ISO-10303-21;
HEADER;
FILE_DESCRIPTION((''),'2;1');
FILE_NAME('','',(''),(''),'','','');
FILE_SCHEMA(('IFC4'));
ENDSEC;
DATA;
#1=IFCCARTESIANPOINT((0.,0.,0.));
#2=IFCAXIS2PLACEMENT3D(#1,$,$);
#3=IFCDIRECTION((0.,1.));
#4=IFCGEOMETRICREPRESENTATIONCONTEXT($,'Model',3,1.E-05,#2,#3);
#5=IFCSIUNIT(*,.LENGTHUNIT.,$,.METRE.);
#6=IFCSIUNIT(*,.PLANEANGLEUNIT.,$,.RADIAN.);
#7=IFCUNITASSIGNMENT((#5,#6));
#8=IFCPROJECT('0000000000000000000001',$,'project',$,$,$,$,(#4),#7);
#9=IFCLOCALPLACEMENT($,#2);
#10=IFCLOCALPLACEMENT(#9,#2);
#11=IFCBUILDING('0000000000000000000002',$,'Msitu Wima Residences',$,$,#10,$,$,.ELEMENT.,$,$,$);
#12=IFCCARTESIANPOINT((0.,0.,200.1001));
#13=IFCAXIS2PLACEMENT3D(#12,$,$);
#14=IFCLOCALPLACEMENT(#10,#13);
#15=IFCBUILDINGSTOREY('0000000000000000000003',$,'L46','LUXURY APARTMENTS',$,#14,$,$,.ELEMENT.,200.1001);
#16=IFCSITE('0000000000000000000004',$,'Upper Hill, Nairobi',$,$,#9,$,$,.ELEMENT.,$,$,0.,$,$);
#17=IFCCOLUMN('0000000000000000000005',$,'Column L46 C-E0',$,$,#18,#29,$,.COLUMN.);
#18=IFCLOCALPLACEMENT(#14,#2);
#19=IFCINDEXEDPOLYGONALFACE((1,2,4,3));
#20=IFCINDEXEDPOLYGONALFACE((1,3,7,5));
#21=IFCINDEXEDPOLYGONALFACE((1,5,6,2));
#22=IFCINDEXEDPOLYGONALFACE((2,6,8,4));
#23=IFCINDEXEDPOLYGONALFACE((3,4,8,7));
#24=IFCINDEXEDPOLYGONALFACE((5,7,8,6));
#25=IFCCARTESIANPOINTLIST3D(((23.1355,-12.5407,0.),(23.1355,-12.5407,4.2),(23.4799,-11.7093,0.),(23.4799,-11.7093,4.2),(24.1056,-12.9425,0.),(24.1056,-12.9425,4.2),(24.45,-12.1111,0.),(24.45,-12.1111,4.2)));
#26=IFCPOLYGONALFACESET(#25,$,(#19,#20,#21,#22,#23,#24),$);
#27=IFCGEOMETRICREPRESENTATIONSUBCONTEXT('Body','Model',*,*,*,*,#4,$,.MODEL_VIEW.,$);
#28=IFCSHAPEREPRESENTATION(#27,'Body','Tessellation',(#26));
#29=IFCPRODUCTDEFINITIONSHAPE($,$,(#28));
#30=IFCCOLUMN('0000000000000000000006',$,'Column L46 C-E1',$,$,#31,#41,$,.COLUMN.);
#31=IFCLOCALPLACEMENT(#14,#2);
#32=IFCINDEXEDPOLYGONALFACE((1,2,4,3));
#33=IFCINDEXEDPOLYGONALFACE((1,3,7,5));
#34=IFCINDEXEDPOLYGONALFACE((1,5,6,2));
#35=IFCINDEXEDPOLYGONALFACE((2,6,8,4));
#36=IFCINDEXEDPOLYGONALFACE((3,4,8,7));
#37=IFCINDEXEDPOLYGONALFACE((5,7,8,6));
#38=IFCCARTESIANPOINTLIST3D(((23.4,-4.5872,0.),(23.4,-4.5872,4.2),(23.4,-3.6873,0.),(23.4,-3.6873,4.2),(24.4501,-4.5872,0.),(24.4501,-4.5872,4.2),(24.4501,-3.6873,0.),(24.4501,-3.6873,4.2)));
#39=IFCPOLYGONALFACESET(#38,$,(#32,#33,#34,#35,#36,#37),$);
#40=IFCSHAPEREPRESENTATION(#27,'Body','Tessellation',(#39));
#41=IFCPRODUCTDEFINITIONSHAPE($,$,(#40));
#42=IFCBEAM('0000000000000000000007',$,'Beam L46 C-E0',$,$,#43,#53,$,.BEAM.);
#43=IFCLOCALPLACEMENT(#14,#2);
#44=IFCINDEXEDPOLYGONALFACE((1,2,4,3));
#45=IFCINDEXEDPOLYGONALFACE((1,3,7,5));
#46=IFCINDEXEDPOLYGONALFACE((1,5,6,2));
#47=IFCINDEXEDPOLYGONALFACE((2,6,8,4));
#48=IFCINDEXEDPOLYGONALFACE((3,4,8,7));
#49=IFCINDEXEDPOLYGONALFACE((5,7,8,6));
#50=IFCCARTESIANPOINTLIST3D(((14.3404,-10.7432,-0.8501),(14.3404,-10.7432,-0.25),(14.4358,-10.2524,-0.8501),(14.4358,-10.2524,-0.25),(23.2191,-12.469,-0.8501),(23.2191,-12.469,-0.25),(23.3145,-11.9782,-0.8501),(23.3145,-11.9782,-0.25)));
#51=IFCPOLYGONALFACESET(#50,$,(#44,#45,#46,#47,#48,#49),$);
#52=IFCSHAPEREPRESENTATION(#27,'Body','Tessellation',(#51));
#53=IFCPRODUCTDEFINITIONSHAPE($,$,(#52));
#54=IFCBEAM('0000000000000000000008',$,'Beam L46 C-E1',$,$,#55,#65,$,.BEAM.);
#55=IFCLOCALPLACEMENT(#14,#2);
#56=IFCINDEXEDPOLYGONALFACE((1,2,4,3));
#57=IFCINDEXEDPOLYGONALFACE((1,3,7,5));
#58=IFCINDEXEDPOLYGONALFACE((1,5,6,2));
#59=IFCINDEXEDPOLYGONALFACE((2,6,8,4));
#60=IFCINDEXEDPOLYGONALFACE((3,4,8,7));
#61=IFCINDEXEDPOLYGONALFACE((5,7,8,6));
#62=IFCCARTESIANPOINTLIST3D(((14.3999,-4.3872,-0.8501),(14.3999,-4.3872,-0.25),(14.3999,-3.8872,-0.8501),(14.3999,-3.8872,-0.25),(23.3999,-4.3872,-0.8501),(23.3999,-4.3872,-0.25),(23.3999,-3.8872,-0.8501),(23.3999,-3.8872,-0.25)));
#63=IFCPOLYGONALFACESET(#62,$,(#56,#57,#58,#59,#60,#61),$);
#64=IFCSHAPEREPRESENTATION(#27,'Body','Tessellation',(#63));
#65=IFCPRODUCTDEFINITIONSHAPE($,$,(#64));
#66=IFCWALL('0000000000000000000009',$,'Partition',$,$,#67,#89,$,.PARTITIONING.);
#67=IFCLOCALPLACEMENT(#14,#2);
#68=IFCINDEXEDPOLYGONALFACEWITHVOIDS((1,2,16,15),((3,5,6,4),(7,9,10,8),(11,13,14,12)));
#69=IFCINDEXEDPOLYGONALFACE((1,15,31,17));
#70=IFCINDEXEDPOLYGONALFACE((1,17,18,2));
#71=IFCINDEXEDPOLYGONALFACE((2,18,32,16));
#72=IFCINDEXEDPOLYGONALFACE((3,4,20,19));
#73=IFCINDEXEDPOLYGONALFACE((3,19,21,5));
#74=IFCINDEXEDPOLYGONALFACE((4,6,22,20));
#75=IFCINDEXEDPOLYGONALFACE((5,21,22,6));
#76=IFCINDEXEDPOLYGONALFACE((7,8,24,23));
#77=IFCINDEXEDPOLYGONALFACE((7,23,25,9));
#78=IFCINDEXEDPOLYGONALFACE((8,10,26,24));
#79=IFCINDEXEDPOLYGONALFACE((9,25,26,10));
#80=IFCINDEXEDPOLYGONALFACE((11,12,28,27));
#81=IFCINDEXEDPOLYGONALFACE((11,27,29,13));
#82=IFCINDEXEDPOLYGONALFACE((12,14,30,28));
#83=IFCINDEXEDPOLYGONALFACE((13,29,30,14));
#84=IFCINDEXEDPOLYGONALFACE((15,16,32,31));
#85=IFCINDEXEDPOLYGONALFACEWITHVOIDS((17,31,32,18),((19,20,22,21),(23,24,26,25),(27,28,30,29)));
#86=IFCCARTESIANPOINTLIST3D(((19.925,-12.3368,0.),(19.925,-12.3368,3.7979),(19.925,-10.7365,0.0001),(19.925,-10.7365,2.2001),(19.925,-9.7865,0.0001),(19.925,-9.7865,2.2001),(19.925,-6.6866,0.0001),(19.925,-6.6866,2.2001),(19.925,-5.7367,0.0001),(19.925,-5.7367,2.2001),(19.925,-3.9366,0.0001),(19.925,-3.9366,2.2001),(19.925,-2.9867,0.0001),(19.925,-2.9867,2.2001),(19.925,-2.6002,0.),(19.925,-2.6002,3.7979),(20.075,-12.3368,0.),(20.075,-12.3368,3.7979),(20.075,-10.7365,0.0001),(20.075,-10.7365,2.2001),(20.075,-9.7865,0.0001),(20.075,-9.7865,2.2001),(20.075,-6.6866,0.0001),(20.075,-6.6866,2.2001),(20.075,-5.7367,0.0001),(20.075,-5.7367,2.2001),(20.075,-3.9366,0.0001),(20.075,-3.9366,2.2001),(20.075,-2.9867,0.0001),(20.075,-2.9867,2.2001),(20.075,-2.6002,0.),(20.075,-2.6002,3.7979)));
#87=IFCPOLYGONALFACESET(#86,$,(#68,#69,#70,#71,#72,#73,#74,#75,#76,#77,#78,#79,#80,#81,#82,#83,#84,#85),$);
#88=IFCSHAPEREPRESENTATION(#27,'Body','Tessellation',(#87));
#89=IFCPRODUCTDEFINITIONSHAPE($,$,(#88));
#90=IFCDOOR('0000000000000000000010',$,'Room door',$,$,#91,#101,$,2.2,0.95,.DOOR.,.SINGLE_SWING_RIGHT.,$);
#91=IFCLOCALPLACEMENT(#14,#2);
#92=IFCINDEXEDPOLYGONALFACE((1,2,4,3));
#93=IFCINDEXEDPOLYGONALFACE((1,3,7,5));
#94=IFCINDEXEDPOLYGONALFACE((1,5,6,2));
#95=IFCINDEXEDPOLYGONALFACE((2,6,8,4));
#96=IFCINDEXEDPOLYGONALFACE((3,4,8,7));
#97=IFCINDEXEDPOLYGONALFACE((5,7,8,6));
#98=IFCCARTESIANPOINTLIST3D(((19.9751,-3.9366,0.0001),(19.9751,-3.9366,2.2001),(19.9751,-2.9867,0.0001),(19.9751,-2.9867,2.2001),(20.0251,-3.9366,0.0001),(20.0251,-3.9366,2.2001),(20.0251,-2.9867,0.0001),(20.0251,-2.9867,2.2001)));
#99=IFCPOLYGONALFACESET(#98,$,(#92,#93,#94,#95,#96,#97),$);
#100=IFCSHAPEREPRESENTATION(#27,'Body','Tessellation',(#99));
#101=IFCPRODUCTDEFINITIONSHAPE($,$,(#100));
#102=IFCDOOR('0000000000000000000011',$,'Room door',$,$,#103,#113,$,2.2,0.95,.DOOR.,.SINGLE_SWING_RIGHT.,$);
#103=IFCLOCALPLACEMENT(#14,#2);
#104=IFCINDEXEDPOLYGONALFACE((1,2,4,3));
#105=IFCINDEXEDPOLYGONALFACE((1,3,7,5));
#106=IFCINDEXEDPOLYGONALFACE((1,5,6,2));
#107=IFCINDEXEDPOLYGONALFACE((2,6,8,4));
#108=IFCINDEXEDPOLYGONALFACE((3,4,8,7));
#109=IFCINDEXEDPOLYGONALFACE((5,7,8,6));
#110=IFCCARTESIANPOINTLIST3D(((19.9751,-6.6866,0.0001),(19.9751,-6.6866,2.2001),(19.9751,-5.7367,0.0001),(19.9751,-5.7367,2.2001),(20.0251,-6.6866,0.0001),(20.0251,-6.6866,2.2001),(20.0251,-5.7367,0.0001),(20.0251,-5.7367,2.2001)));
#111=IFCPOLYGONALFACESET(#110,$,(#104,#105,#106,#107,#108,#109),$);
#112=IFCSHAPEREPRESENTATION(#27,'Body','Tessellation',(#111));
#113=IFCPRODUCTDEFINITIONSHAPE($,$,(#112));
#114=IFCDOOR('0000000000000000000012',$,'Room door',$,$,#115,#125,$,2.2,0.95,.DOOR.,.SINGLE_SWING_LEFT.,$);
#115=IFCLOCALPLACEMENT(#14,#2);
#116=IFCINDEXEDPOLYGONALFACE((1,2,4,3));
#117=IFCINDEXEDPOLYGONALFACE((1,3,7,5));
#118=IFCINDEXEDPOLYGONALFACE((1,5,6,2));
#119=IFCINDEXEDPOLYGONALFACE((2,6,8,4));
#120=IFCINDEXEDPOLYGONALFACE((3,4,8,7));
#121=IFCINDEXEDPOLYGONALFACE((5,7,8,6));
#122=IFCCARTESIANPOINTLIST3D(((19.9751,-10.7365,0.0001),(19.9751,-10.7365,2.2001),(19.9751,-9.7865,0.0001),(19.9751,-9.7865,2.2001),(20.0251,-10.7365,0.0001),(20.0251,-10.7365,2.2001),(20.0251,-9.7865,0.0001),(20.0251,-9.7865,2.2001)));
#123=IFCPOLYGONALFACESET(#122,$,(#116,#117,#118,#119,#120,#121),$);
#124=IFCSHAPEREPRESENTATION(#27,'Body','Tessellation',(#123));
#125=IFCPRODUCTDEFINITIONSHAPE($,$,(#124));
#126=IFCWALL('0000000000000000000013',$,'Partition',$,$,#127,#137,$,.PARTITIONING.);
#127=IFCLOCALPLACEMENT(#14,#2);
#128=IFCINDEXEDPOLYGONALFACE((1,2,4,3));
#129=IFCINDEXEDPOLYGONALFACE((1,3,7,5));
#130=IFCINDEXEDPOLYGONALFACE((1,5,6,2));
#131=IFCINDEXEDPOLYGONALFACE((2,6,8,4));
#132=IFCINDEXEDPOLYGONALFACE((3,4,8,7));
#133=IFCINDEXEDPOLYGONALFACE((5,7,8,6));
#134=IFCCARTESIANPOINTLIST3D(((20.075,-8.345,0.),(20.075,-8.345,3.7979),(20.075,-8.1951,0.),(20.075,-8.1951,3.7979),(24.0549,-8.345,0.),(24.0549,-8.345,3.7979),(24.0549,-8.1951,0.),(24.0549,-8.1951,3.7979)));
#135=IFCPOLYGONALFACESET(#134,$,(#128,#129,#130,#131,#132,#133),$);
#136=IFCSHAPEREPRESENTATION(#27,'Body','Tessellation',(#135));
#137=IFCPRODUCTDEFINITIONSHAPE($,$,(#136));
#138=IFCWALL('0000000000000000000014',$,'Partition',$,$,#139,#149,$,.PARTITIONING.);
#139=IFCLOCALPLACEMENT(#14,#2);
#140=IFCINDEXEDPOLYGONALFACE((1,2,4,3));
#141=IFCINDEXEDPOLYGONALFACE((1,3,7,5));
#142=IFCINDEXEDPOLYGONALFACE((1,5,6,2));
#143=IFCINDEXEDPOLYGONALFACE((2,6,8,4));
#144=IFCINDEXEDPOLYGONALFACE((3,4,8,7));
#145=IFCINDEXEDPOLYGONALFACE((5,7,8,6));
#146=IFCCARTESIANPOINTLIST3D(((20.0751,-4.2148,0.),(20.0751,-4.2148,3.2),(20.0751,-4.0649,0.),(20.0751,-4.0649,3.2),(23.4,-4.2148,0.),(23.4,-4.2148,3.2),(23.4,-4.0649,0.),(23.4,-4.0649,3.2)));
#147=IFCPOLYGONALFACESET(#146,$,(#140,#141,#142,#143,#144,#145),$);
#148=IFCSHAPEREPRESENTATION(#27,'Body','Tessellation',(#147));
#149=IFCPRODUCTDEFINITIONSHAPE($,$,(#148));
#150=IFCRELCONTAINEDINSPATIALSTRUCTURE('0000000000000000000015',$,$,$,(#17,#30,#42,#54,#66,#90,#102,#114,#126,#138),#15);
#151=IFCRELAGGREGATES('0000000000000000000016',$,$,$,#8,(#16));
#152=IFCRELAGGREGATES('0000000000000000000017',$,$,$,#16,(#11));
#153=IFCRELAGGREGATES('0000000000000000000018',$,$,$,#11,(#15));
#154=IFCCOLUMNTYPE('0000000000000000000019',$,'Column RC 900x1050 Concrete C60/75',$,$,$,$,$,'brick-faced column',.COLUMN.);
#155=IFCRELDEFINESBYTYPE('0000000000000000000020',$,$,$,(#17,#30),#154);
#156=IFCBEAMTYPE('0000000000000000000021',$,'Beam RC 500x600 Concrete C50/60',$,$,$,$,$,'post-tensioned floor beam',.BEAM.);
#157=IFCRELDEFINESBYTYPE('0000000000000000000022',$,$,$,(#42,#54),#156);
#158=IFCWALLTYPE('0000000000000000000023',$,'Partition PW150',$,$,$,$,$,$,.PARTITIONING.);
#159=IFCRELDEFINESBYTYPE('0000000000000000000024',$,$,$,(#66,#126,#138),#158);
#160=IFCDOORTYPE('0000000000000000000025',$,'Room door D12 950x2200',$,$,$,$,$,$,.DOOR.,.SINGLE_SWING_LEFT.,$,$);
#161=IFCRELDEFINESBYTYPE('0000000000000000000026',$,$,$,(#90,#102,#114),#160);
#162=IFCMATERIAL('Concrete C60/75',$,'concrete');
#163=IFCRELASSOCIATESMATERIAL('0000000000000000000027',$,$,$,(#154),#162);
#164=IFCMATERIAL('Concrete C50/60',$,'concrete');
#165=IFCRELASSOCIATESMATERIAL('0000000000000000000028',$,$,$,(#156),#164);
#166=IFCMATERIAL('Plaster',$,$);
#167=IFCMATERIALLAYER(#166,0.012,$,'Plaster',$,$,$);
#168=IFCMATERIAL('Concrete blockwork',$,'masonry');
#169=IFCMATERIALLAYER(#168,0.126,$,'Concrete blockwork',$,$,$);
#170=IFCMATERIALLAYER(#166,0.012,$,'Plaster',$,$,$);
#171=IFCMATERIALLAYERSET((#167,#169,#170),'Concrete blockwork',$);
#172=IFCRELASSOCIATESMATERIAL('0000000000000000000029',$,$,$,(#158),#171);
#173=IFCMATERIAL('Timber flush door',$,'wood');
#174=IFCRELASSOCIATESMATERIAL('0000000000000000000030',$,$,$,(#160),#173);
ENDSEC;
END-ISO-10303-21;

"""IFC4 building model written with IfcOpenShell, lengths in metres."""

from ifc_helpers import new_model, si_unit, direction, frame, frame_2d, origin, origin_2d, place, context, subcontext, project, spatial, rectangle, extrude, material, layer, layer_set, material_profile, profile_set, type_object, element, fill, save


model = new_model("IFC4")

# Units and contexts
model_context = context("Model", 3, precision=1e-05, world=origin(), true_north=direction((0.0, 1.0)))
body_context = subcontext(model_context, "Body", "Model", "MODEL_VIEW")
ifc_project = project(units=[si_unit("LENGTHUNIT", "METRE"), si_unit("PLANEANGLEUNIT", "RADIAN")], contexts=[model_context])

# Site, building, storey
site_placement = place(None, origin())
site = spatial("IfcSite", under=ifc_project, at=site_placement, Name="Upper Hill, Nairobi", CompositionType="ELEMENT", RefElevation=0.0)
building_placement = place(site_placement, origin())
building = spatial("IfcBuilding", under=site, at=building_placement, Name="Msitu Wima Residences", CompositionType="ELEMENT")
storey_placement = place(building_placement, frame((0.0, 0.0, 200.1001)))
storey = spatial("IfcBuildingStorey", under=building, at=storey_placement, Name="L46", Description="LUXURY APARTMENTS", CompositionType="ELEMENT", Elevation=200.1001)

# Columns
ifc_material_1 = material(Name="Concrete C60/75", Category="concrete")
ifc_material_profile_1 = material_profile(ifc_material_1, rectangle(XDim=0.8999, YDim=1.05, at=origin_2d()), Name="RC 900x1050")
ifc_profile_set_1 = profile_set([ifc_material_profile_1], Name="Concrete C60/75")
column_type = type_object("IfcColumnType", Name="Column RC 900x1050 Concrete C60/75", ElementType="brick-faced column", PredefinedType="COLUMN", material=ifc_profile_set_1)
for number, where, z_axis, x_axis, name in (
    (1, (23.7927, -12.3259, 0.0), (0.0, 0.0, 1.0), (0.382683, 0.92388, 0.0), "Column L46 C-E0"),
    (2, (23.925, -4.1372, 0.0), (0.0, 0.0, 1.0), (0.0, 1.0, 0.0), "Column L46 C-E1"),
):
    element("IfcColumn", number, at=place(storey_placement, frame(where, z_axis=z_axis, x_axis=x_axis)), inside=storey, type_object=column_type, Name=name, PredefinedType="COLUMN", context=body_context, shape_type="SweptSolid", body=[
        extrude(rectangle(XDim=0.8999, YDim=1.05, at=origin_2d()), origin(), (0.0, 0.0, 1.0), 4.2),
    ])

# Beams
ifc_material_2 = material(Name="Concrete C50/60", Category="concrete")
ifc_material_profile_2 = material_profile(ifc_material_2, rectangle(XDim=0.5, YDim=0.6001, at=origin_2d()), Name="RC 500x600")
ifc_profile_set_2 = profile_set([ifc_material_profile_2], Name="Concrete C50/60")
beam_type = type_object("IfcBeamType", Name="Beam RC 500x600 Concrete C50/60", ElementType="post-tensioned floor beam", PredefinedType="BEAM", material=ifc_profile_set_2)
beam_1_placement = place(storey_placement, frame((23.2668, -12.2236, -0.55), z_axis=(-0.981627, 0.190808, 0.0), x_axis=(-0.190808, -0.981627, 0.0)))
element("IfcBeam", 3, at=beam_1_placement, inside=storey, type_object=beam_type, Name="Beam L46 C-E0", PredefinedType="BEAM", context=body_context, shape_type="SweptSolid", body=[
    extrude(rectangle(XDim=0.5, YDim=0.6001, at=origin_2d()), origin(), (0.0, 0.0, 1.0), 9.0449),
])
beam_2_placement = place(storey_placement, frame((23.3999, -4.1372, -0.55), z_axis=(-1.0, 0.0, 0.0), x_axis=(0.0, -1.0, 0.0)))
element("IfcBeam", 4, at=beam_2_placement, inside=storey, type_object=beam_type, Name="Beam L46 C-E1", PredefinedType="BEAM", context=body_context, shape_type="SweptSolid", body=[
    extrude(rectangle(XDim=0.5, YDim=0.6001, at=origin_2d()), origin(), (0.0, 0.0, 1.0), 9.0),
])

# Wall, openings, doors
ifc_material_3 = material(Name="Plaster")
ifc_layer_1 = layer(ifc_material_3, 0.012, Name="Plaster")
ifc_material_4 = material(Name="Concrete blockwork", Category="masonry")
ifc_layer_2 = layer(ifc_material_4, 0.126, Name="Concrete blockwork")
ifc_layer_3 = layer(ifc_material_3, 0.012, Name="Plaster")
ifc_layer_set_1 = layer_set([ifc_layer_1, ifc_layer_2, ifc_layer_3], Name="Concrete blockwork")
wall_type_1 = type_object("IfcWallType", Name="Partition PW150", PredefinedType="PARTITIONING", material=ifc_layer_set_1)
wall_1_placement = place(storey_placement, frame((20.0, -12.3367, 0.0), z_axis=(0.0, 0.0, 1.0), x_axis=(0.0, 1.0, 0.0)))
wall_1 = element("IfcWall", 5, at=wall_1_placement, inside=storey, type_object=wall_type_1, Name="Partition", PredefinedType="PARTITIONING", context=body_context, shape_type="SweptSolid", body=[
    extrude(rectangle(XDim=9.7366, YDim=0.1499, at=frame_2d((4.8682, 0.0))), origin(), (0.0, 0.0, 1.0), 3.7979),
])
opening_1_placement = place(wall_1_placement, frame((8.3999, 0.0, 0.0)))
opening_1 = element("IfcOpeningElement", 6, at=opening_1_placement, cuts=wall_1, PredefinedType="OPENING", context=body_context, shape_type="SweptSolid", body=[
    extrude(rectangle(XDim=0.95, YDim=2.2, at=frame_2d((0.4751, 1.1001))), frame((0.0, 0.085, 0.0), z_axis=(0.0, -1.0, 0.0), x_axis=(1.0, 0.0, 0.0)), (0.0, 0.0, 1.0), 0.1699),
])
opening_2_placement = place(wall_1_placement, frame((5.6499, 0.0, 0.0)))
opening_2 = element("IfcOpeningElement", 7, at=opening_2_placement, cuts=wall_1, PredefinedType="OPENING", context=body_context, shape_type="SweptSolid", body=[
    extrude(rectangle(XDim=0.95, YDim=2.2, at=frame_2d((0.4751, 1.1001))), frame((0.0, 0.085, 0.0), z_axis=(0.0, -1.0, 0.0), x_axis=(1.0, 0.0, 0.0)), (0.0, 0.0, 1.0), 0.1699),
])
opening_3_placement = place(wall_1_placement, frame((1.6001, 0.0, 0.0)))
opening_3 = element("IfcOpeningElement", 8, at=opening_3_placement, cuts=wall_1, PredefinedType="OPENING", context=body_context, shape_type="SweptSolid", body=[
    extrude(rectangle(XDim=0.95, YDim=2.2, at=frame_2d((0.4751, 1.1001))), frame((0.0, 0.085, 0.0), z_axis=(0.0, -1.0, 0.0), x_axis=(1.0, 0.0, 0.0)), (0.0, 0.0, 1.0), 0.1699),
])
ifc_material_5 = material(Name="Timber flush door", Category="wood")
door_type_1 = type_object("IfcDoorType", Name="Room door D12 950x2200", OperationType="SINGLE_SWING_LEFT", PredefinedType="DOOR", material=ifc_material_5)
door_1_placement = place(opening_1_placement, origin())
door_1 = element("IfcDoor", 9, at=door_1_placement, inside=storey, type_object=door_type_1, Name="Room door", OperationType="SINGLE_SWING_RIGHT", OverallHeight=2.2, OverallWidth=0.95, PredefinedType="DOOR", context=body_context, shape_type="SweptSolid", body=[
    extrude(rectangle(XDim=0.95, YDim=2.2, at=frame_2d((0.4751, 1.1001))), frame((0.0, 0.0249, 0.0), z_axis=(0.0, -1.0, 0.0), x_axis=(1.0, 0.0, 0.0)), (0.0, 0.0, 1.0), 0.05),
])
fill(opening_1, door_1)
door_2_placement = place(opening_2_placement, origin())
door_2 = element("IfcDoor", 10, at=door_2_placement, inside=storey, type_object=door_type_1, Name="Room door", OperationType="SINGLE_SWING_RIGHT", OverallHeight=2.2, OverallWidth=0.95, PredefinedType="DOOR", context=body_context, shape_type="SweptSolid", body=[
    extrude(rectangle(XDim=0.95, YDim=2.2, at=frame_2d((0.4751, 1.1001))), frame((0.0, 0.0249, 0.0), z_axis=(0.0, -1.0, 0.0), x_axis=(1.0, 0.0, 0.0)), (0.0, 0.0, 1.0), 0.05),
])
fill(opening_2, door_2)
door_3_placement = place(opening_3_placement, origin())
door_3 = element("IfcDoor", 11, at=door_3_placement, inside=storey, type_object=door_type_1, Name="Room door", OperationType="SINGLE_SWING_LEFT", OverallHeight=2.2, OverallWidth=0.95, PredefinedType="DOOR", context=body_context, shape_type="SweptSolid", body=[
    extrude(rectangle(XDim=0.95, YDim=2.2, at=frame_2d((0.4751, 1.1001))), frame((0.0, 0.0249, 0.0), z_axis=(0.0, -1.0, 0.0), x_axis=(1.0, 0.0, 0.0)), (0.0, 0.0, 1.0), 0.05),
])
fill(opening_3, door_3)

# Walls
wall_2_placement = place(storey_placement, frame((20.075, -8.27, 0.0), z_axis=(0.0, 0.0, 1.0), x_axis=(1.0, 0.0, 0.0)))
element("IfcWall", 12, at=wall_2_placement, inside=storey, type_object=wall_type_1, Name="Partition", PredefinedType="PARTITIONING", context=body_context, shape_type="SweptSolid", body=[
    extrude(rectangle(XDim=3.98, YDim=0.1499, at=frame_2d((1.99, 0.0))), origin(), (0.0, 0.0, 1.0), 3.7979),
])
wall_3_placement = place(storey_placement, frame((20.075, -4.1399, 0.0), z_axis=(0.0, 0.0, 1.0), x_axis=(1.0, 0.0, 0.0)))
element("IfcWall", 13, at=wall_3_placement, inside=storey, type_object=wall_type_1, Name="Partition", PredefinedType="PARTITIONING", context=body_context, shape_type="SweptSolid", body=[
    extrude(rectangle(XDim=3.325, YDim=0.1499, at=frame_2d((1.6626, 0.0))), origin(), (0.0, 0.0, 1.0), 3.2),
])

save(model, "model.ifc")
